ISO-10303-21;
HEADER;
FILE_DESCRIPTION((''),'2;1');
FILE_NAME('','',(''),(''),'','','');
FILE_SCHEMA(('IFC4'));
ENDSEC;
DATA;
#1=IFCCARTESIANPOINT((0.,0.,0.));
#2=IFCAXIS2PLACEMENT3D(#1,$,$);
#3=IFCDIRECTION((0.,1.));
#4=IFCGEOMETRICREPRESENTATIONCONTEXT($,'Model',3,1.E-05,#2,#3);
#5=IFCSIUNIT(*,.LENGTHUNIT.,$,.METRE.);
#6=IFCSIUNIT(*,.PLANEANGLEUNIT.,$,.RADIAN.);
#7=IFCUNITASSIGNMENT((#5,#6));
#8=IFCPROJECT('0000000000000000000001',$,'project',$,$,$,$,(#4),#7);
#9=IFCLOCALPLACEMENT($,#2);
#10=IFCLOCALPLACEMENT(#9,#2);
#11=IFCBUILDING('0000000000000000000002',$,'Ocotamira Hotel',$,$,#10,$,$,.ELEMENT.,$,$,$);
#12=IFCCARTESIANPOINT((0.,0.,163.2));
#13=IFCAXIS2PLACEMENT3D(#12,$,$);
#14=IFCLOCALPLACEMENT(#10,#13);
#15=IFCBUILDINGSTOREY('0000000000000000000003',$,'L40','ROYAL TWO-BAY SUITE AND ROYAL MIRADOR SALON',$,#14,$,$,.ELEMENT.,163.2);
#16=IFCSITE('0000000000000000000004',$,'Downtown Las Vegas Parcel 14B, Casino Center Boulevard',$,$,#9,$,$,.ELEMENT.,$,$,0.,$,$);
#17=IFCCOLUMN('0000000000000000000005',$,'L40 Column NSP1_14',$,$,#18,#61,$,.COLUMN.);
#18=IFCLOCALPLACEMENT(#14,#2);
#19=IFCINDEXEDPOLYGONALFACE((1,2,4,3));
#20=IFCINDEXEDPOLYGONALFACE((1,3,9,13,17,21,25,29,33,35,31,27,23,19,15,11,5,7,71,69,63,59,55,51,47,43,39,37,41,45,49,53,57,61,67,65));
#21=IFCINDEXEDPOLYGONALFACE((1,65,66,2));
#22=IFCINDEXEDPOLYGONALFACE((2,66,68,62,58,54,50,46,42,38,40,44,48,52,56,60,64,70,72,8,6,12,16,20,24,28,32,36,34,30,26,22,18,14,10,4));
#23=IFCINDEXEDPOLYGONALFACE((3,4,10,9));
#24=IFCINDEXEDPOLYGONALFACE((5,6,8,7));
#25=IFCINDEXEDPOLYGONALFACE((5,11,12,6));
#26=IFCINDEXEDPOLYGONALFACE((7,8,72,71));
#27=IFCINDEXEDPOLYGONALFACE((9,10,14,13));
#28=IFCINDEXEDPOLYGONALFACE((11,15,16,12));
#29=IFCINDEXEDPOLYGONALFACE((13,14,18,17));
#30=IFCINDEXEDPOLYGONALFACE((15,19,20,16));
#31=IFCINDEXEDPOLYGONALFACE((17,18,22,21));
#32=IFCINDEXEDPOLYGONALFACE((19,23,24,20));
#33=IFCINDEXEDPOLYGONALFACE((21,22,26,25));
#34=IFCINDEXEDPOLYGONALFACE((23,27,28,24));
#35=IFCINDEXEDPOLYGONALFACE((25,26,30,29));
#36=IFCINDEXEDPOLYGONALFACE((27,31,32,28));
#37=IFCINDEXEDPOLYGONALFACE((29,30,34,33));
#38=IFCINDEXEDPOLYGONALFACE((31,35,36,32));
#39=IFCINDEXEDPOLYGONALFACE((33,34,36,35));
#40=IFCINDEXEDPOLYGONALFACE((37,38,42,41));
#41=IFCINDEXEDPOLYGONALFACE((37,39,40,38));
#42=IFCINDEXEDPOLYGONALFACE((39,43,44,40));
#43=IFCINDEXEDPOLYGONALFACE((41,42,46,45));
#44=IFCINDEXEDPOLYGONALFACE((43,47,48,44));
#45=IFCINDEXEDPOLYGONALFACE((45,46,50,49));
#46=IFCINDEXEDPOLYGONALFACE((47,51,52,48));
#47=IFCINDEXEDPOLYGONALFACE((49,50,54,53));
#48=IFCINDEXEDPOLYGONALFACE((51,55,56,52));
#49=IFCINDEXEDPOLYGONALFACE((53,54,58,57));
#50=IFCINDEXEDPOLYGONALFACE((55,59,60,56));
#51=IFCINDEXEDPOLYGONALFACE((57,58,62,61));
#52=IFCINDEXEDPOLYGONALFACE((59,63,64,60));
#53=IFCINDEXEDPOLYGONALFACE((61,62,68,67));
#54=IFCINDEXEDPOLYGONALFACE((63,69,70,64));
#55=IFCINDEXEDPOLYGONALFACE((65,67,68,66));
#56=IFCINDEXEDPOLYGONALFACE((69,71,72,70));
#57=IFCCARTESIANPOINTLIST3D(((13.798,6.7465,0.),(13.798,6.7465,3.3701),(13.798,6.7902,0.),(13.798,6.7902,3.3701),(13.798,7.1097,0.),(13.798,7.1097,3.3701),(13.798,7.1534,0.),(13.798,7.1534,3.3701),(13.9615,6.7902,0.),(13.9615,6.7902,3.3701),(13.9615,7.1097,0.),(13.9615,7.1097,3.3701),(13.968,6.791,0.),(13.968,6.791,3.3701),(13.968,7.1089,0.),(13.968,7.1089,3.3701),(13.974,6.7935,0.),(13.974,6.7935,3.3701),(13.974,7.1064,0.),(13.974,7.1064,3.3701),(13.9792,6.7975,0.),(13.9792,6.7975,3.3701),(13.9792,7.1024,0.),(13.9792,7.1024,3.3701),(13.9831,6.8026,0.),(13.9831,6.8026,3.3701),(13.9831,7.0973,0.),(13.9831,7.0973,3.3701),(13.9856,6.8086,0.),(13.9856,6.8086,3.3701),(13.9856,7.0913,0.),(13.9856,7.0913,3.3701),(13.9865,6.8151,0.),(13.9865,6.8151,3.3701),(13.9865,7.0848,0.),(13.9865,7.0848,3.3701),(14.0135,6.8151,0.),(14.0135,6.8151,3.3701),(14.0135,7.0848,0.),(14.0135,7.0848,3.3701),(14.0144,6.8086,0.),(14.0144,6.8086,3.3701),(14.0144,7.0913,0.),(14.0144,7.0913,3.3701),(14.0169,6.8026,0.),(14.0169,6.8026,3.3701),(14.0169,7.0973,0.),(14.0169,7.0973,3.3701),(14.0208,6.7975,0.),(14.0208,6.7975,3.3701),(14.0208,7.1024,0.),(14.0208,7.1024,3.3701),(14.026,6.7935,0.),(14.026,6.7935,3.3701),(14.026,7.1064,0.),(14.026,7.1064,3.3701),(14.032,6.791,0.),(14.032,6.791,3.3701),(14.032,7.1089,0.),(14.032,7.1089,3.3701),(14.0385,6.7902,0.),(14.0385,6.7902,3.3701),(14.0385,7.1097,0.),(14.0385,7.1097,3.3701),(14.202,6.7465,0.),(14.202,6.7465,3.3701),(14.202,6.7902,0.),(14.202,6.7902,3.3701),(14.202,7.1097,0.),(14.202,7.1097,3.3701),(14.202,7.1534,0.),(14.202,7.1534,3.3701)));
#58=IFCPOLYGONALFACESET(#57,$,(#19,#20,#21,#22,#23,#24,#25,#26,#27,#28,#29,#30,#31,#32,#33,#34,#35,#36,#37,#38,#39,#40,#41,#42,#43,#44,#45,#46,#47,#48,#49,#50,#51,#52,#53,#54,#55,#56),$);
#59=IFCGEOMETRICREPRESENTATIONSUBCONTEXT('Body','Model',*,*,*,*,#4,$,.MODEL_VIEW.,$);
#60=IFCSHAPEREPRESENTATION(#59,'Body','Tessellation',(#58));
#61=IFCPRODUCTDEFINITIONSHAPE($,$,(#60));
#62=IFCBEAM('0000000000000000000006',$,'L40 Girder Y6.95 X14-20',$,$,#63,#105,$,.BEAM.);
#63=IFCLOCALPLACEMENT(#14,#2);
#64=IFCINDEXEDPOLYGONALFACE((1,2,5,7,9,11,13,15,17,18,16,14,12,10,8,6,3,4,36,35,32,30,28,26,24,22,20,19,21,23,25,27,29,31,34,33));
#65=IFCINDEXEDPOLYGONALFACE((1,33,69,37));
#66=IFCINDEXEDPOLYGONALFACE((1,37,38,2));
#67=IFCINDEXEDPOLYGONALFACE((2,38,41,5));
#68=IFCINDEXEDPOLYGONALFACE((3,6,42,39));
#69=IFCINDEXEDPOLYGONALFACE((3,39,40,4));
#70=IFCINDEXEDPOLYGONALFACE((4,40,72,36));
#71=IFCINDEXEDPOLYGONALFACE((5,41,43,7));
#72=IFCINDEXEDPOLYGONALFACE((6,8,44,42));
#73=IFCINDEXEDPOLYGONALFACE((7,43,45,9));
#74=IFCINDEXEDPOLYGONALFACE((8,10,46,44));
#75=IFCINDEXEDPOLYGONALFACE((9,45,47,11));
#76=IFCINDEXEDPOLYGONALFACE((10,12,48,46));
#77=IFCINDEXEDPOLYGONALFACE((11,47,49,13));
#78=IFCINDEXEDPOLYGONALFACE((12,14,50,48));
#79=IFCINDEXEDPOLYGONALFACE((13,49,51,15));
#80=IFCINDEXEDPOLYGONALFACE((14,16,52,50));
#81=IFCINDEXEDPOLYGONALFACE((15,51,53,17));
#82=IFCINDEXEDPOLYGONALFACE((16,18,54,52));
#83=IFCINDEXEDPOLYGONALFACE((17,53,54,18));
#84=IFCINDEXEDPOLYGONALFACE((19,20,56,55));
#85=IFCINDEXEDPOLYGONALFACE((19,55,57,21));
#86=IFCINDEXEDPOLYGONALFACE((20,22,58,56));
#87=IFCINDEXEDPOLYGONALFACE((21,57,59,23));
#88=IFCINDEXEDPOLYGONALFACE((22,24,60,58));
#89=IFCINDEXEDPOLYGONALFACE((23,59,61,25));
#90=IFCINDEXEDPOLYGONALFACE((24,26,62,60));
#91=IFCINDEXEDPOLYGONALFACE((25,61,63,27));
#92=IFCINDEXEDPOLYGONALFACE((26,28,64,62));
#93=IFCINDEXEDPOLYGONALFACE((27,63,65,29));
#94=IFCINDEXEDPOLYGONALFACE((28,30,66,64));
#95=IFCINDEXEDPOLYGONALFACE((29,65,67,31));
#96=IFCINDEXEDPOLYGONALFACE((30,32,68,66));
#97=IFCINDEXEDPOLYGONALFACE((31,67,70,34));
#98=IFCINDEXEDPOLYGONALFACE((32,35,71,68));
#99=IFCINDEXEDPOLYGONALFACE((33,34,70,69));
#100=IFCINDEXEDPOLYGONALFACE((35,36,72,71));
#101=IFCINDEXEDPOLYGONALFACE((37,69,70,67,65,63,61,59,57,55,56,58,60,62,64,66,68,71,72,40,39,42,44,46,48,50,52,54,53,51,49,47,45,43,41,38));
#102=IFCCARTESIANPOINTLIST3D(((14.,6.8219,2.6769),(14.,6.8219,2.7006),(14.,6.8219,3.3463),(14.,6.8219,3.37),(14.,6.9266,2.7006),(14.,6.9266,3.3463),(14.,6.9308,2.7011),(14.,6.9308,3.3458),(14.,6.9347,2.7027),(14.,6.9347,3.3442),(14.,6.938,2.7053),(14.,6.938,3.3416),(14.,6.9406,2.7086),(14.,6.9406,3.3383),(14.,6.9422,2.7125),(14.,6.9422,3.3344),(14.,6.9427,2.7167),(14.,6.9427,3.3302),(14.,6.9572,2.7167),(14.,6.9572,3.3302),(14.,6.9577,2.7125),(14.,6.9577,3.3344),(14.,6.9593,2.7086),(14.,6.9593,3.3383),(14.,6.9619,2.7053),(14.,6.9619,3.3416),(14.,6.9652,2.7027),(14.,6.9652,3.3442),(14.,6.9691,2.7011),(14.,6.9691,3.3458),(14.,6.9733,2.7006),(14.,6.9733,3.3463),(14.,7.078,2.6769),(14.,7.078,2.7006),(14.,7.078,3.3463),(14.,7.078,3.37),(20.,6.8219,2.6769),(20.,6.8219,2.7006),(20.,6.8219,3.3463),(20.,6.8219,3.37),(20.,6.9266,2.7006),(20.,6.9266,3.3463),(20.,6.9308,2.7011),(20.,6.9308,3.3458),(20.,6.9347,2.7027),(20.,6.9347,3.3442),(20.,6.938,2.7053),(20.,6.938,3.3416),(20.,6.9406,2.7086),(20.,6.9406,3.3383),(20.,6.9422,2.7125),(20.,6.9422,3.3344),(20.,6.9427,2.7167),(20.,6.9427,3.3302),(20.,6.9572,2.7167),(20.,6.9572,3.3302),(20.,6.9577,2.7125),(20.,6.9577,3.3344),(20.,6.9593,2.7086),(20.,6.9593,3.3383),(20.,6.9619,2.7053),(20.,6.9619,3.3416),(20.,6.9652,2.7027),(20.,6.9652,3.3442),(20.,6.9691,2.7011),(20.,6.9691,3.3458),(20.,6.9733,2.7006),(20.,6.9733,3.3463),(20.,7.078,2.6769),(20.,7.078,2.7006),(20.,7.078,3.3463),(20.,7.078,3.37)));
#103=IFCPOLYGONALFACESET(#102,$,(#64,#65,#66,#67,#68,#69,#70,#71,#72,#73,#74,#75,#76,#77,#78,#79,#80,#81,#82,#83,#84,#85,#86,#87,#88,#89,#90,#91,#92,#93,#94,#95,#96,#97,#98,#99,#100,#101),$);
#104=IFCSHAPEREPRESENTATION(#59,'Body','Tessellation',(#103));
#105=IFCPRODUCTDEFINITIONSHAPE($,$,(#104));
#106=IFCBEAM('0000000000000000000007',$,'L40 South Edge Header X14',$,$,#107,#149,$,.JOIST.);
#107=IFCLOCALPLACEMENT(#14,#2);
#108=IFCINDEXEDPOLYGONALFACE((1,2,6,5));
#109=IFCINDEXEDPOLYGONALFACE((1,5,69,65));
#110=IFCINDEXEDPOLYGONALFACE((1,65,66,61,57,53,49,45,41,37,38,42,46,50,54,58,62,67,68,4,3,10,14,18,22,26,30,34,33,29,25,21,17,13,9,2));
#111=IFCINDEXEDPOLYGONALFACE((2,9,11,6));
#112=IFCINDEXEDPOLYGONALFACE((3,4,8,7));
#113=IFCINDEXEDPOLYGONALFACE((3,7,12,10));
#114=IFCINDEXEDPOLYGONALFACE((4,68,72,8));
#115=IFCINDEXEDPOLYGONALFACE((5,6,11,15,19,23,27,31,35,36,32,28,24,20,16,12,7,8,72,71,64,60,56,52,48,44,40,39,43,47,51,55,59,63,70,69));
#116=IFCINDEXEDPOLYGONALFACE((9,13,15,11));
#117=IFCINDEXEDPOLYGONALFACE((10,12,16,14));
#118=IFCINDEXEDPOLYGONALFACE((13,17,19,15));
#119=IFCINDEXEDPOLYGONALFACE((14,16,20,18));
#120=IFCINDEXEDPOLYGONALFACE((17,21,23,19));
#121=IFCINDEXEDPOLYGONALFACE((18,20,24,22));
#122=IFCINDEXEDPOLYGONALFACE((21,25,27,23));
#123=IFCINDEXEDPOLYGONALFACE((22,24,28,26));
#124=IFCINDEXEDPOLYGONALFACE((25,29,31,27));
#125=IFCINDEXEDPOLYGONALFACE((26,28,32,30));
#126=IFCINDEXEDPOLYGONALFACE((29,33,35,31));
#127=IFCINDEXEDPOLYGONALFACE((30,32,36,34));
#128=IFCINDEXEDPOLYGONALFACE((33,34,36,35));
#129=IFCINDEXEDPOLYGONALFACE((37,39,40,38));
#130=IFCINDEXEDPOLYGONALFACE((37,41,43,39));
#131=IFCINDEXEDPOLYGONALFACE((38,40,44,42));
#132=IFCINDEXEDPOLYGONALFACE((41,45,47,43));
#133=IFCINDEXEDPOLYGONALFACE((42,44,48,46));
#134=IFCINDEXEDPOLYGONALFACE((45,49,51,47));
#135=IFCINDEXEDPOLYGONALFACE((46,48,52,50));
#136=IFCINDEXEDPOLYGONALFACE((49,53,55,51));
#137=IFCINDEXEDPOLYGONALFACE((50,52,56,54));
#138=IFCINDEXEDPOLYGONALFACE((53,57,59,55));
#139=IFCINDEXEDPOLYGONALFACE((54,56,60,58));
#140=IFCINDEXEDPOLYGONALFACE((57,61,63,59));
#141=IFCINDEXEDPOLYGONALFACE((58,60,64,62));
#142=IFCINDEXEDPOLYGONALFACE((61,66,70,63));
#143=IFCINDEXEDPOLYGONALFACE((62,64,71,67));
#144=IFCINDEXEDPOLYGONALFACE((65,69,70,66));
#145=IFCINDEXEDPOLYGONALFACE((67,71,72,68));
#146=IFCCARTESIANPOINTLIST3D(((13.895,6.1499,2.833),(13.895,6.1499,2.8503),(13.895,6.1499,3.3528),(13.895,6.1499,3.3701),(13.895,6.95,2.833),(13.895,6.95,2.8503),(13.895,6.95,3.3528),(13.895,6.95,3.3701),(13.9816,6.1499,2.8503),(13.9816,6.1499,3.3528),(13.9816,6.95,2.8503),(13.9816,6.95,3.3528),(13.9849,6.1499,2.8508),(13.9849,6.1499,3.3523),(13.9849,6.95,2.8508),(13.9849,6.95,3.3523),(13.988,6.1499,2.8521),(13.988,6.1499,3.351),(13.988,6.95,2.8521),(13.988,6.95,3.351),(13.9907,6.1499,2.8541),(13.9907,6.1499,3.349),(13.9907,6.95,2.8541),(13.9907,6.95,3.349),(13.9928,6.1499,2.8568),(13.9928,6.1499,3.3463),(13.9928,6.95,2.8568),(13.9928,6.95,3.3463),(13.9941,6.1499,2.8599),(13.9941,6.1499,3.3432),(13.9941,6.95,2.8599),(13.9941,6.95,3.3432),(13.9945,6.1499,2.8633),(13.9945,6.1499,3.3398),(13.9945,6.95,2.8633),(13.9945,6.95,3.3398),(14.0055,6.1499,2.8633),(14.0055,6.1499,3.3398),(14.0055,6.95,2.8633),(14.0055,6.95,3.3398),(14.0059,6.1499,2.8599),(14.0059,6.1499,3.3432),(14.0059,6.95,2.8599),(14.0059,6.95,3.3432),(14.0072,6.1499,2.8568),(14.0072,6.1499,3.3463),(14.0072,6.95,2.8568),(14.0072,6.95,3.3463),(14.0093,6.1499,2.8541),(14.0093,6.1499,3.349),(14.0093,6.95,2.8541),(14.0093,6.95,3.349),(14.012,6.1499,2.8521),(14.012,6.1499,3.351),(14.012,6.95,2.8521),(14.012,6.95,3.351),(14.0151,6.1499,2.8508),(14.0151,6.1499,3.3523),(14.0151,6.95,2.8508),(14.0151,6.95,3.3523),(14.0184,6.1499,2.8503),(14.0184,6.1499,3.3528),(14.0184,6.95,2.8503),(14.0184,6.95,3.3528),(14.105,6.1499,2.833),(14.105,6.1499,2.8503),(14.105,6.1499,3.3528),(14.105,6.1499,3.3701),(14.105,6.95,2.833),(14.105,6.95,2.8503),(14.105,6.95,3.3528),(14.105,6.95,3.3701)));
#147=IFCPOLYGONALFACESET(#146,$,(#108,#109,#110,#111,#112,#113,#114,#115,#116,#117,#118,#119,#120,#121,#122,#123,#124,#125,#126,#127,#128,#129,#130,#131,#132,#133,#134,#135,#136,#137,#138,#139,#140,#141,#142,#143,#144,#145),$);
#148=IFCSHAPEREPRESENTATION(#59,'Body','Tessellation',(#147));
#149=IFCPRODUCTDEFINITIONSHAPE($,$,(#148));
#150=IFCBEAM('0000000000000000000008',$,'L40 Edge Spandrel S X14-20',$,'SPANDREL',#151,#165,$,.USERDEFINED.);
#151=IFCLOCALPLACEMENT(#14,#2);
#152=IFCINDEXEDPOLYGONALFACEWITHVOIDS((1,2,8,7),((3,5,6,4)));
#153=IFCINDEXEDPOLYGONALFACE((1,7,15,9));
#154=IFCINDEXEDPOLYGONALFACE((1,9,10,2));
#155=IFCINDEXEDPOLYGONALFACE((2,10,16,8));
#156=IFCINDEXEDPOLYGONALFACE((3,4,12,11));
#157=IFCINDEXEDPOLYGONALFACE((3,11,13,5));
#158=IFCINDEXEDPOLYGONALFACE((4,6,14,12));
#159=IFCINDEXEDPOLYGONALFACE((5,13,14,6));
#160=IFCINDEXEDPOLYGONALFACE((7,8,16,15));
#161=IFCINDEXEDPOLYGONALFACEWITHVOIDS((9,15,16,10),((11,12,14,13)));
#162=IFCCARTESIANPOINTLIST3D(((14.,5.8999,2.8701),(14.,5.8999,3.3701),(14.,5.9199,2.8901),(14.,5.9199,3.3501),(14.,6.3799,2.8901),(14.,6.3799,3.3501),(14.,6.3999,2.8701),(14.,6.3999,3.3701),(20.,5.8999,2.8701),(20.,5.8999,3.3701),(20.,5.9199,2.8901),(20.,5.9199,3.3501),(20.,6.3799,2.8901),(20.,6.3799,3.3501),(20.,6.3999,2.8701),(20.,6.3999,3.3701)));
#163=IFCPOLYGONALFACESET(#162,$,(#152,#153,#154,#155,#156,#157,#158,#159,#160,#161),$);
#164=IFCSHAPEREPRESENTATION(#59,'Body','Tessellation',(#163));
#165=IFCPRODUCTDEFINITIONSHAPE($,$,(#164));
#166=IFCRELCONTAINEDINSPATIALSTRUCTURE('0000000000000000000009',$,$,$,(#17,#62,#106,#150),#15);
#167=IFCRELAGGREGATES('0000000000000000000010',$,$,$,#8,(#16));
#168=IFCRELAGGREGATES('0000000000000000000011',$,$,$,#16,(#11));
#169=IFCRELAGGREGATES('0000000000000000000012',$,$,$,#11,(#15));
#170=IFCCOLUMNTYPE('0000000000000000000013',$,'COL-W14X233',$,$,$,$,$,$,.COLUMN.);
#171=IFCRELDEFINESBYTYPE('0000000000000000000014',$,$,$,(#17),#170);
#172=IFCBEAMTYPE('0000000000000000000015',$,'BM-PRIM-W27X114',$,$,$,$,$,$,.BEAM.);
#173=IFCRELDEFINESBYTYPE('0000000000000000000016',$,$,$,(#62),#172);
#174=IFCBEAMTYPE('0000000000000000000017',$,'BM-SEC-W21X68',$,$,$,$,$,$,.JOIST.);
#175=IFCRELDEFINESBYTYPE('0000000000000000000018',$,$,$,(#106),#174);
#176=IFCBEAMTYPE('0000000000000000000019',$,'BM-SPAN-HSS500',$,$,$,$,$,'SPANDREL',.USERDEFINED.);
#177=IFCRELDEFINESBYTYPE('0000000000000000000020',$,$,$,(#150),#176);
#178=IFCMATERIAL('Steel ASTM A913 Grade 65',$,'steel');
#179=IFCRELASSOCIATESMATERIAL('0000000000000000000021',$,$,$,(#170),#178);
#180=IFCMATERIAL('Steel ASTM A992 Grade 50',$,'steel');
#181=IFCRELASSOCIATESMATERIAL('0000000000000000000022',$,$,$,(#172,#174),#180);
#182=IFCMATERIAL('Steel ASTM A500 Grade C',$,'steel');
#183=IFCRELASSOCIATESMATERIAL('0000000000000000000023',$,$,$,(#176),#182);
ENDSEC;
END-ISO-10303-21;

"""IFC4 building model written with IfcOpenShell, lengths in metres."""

from ifc_helpers import new_model, si_unit, direction, frame, origin, origin_2d, place, context, subcontext, project, spatial, hollow_rectangle, i_section, extrude, source, transform, mapped, material, material_profile, profile_set, type_object, element, save


model = new_model("IFC4")

# Units and contexts
model_context = context("Model", 3, precision=1e-05, world=origin(), true_north=direction((0.0, 1.0)))
body_context = subcontext(model_context, "Body", "Model", "MODEL_VIEW")
ifc_project = project(units=[si_unit("LENGTHUNIT", "METRE"), si_unit("PLANEANGLEUNIT", "RADIAN")], contexts=[model_context])

# Site, building, storey
site_placement = place(None, origin())
site = spatial("IfcSite", under=ifc_project, at=site_placement, Name="Downtown Las Vegas Parcel 14B, Casino Center Boulevard", CompositionType="ELEMENT", RefElevation=0.0)
building_placement = place(site_placement, origin())
building = spatial("IfcBuilding", under=site, at=building_placement, Name="Ocotamira Hotel", CompositionType="ELEMENT")
storey_placement = place(building_placement, frame((0.0, 0.0, 163.2)))
storey = spatial("IfcBuildingStorey", under=building, at=storey_placement, Name="L40", Description="ROYAL TWO-BAY SUITE AND ROYAL MIRADOR SALON", CompositionType="ELEMENT", Elevation=163.2)

# Column
ifc_material_1 = material(Name="Steel ASTM A913 Grade 65", Category="steel")
ifc_material_profile_1 = material_profile(ifc_material_1, i_section(OverallWidth=0.4041, OverallDepth=0.407, WebThickness=0.0271, FlangeThickness=0.0437, FilletRadius=0.0249, at=origin_2d()), Name="W14X233")
ifc_profile_set_1 = profile_set([ifc_material_profile_1], Name="Steel ASTM A913 Grade 65")
column_type = type_object("IfcColumnType", Name="COL-W14X233", PredefinedType="COLUMN", material=ifc_profile_set_1)
shared_shape_1 = source(origin(), body_context, "Body", "SweptSolid", [
    extrude(i_section(OverallWidth=0.4041, OverallDepth=0.407, WebThickness=0.0271, FlangeThickness=0.0437, FilletRadius=0.0249, at=origin_2d()), origin(), (0.0, 0.0, 1.0), 3.3701),
])
column_placement = place(storey_placement, frame((14.0, 6.95, 0.0), z_axis=(0.0, 0.0, 1.0), x_axis=(1.0, 0.0, 0.0)))
element("IfcColumn", 1, at=column_placement, inside=storey, type_object=column_type, Name="L40 Column NSP1_14", PredefinedType="COLUMN", context=body_context, shape_type="MappedRepresentation", body=[
    mapped(shared_shape_1, transform((0.0, 0.0, 0.0), scale=1.0)),
])

# Beams
ifc_material_2 = material(Name="Steel ASTM A992 Grade 50", Category="steel")
ifc_material_profile_2 = material_profile(ifc_material_2, i_section(OverallWidth=0.2561, OverallDepth=0.6931, WebThickness=0.0144, FlangeThickness=0.0237, FilletRadius=0.0161, at=origin_2d()), Name="W27X114")
ifc_profile_set_2 = profile_set([ifc_material_profile_2], Name="Steel ASTM A992 Grade 50")
beam_type_1 = type_object("IfcBeamType", Name="BM-PRIM-W27X114", PredefinedType="BEAM", material=ifc_profile_set_2)
shared_shape_2 = source(origin(), body_context, "Body", "SweptSolid", [
    extrude(i_section(OverallWidth=0.2561, OverallDepth=0.6931, WebThickness=0.0144, FlangeThickness=0.0237, FilletRadius=0.0161, at=origin_2d()), origin(), (0.0, 0.0, 1.0), 6.0),
])
beam_1_placement = place(storey_placement, frame((14.0, 6.95, 3.0234), z_axis=(1.0, 0.0, 0.0), x_axis=(0.0, 1.0, 0.0)))
element("IfcBeam", 2, at=beam_1_placement, inside=storey, type_object=beam_type_1, Name="L40 Girder Y6.95 X14-20", PredefinedType="BEAM", context=body_context, shape_type="MappedRepresentation", body=[
    mapped(shared_shape_2, transform((0.0, 0.0, 0.0), scale=1.0)),
])
ifc_material_profile_3 = material_profile(ifc_material_2, i_section(OverallWidth=0.21, OverallDepth=0.5371, WebThickness=0.011, FlangeThickness=0.0173, FilletRadius=0.0129, at=origin_2d()), Name="W21X68")
ifc_profile_set_3 = profile_set([ifc_material_profile_3], Name="Steel ASTM A992 Grade 50")
beam_type_2 = type_object("IfcBeamType", Name="BM-SEC-W21X68", PredefinedType="JOIST", material=ifc_profile_set_3)
shared_shape_3 = source(origin(), body_context, "Body", "SweptSolid", [
    extrude(i_section(OverallWidth=0.21, OverallDepth=0.5371, WebThickness=0.011, FlangeThickness=0.0173, FilletRadius=0.0129, at=origin_2d()), origin(), (0.0, 0.0, 1.0), 0.8),
])
beam_2_placement = place(storey_placement, frame((14.0, 6.95, 3.1016), z_axis=(0.0, -1.0, 0.0), x_axis=(1.0, 0.0, 0.0)))
element("IfcBeam", 3, at=beam_2_placement, inside=storey, type_object=beam_type_2, Name="L40 South Edge Header X14", PredefinedType="JOIST", context=body_context, shape_type="MappedRepresentation", body=[
    mapped(shared_shape_3, transform((0.0, 0.0, 0.0), scale=1.0)),
])
ifc_material_3 = material(Name="Steel ASTM A500 Grade C", Category="steel")
ifc_material_profile_4 = material_profile(ifc_material_3, hollow_rectangle(XDim=0.5, YDim=0.5, WallThickness=0.02, at=origin_2d()), Name="HSS500X500X20")
ifc_profile_set_4 = profile_set([ifc_material_profile_4], Name="Steel ASTM A500 Grade C")
beam_type_3 = type_object("IfcBeamType", Name="BM-SPAN-HSS500", ElementType="SPANDREL", PredefinedType="USERDEFINED", material=ifc_profile_set_4)
shared_shape_4 = source(origin(), body_context, "Body", "SweptSolid", [
    extrude(hollow_rectangle(XDim=0.5, YDim=0.5, WallThickness=0.02, at=origin_2d()), origin(), (0.0, 0.0, 1.0), 6.0),
])
beam_3_placement = place(storey_placement, frame((14.0, 6.1499, 3.1201), z_axis=(1.0, 0.0, 0.0), x_axis=(0.0, 1.0, 0.0)))
element("IfcBeam", 4, at=beam_3_placement, inside=storey, type_object=beam_type_3, Name="L40 Edge Spandrel S X14-20", ObjectType="SPANDREL", PredefinedType="USERDEFINED", context=body_context, shape_type="MappedRepresentation", body=[
    mapped(shared_shape_4, transform((0.0, 0.0, 0.0), scale=1.0)),
])

save(model, "model.ifc")
